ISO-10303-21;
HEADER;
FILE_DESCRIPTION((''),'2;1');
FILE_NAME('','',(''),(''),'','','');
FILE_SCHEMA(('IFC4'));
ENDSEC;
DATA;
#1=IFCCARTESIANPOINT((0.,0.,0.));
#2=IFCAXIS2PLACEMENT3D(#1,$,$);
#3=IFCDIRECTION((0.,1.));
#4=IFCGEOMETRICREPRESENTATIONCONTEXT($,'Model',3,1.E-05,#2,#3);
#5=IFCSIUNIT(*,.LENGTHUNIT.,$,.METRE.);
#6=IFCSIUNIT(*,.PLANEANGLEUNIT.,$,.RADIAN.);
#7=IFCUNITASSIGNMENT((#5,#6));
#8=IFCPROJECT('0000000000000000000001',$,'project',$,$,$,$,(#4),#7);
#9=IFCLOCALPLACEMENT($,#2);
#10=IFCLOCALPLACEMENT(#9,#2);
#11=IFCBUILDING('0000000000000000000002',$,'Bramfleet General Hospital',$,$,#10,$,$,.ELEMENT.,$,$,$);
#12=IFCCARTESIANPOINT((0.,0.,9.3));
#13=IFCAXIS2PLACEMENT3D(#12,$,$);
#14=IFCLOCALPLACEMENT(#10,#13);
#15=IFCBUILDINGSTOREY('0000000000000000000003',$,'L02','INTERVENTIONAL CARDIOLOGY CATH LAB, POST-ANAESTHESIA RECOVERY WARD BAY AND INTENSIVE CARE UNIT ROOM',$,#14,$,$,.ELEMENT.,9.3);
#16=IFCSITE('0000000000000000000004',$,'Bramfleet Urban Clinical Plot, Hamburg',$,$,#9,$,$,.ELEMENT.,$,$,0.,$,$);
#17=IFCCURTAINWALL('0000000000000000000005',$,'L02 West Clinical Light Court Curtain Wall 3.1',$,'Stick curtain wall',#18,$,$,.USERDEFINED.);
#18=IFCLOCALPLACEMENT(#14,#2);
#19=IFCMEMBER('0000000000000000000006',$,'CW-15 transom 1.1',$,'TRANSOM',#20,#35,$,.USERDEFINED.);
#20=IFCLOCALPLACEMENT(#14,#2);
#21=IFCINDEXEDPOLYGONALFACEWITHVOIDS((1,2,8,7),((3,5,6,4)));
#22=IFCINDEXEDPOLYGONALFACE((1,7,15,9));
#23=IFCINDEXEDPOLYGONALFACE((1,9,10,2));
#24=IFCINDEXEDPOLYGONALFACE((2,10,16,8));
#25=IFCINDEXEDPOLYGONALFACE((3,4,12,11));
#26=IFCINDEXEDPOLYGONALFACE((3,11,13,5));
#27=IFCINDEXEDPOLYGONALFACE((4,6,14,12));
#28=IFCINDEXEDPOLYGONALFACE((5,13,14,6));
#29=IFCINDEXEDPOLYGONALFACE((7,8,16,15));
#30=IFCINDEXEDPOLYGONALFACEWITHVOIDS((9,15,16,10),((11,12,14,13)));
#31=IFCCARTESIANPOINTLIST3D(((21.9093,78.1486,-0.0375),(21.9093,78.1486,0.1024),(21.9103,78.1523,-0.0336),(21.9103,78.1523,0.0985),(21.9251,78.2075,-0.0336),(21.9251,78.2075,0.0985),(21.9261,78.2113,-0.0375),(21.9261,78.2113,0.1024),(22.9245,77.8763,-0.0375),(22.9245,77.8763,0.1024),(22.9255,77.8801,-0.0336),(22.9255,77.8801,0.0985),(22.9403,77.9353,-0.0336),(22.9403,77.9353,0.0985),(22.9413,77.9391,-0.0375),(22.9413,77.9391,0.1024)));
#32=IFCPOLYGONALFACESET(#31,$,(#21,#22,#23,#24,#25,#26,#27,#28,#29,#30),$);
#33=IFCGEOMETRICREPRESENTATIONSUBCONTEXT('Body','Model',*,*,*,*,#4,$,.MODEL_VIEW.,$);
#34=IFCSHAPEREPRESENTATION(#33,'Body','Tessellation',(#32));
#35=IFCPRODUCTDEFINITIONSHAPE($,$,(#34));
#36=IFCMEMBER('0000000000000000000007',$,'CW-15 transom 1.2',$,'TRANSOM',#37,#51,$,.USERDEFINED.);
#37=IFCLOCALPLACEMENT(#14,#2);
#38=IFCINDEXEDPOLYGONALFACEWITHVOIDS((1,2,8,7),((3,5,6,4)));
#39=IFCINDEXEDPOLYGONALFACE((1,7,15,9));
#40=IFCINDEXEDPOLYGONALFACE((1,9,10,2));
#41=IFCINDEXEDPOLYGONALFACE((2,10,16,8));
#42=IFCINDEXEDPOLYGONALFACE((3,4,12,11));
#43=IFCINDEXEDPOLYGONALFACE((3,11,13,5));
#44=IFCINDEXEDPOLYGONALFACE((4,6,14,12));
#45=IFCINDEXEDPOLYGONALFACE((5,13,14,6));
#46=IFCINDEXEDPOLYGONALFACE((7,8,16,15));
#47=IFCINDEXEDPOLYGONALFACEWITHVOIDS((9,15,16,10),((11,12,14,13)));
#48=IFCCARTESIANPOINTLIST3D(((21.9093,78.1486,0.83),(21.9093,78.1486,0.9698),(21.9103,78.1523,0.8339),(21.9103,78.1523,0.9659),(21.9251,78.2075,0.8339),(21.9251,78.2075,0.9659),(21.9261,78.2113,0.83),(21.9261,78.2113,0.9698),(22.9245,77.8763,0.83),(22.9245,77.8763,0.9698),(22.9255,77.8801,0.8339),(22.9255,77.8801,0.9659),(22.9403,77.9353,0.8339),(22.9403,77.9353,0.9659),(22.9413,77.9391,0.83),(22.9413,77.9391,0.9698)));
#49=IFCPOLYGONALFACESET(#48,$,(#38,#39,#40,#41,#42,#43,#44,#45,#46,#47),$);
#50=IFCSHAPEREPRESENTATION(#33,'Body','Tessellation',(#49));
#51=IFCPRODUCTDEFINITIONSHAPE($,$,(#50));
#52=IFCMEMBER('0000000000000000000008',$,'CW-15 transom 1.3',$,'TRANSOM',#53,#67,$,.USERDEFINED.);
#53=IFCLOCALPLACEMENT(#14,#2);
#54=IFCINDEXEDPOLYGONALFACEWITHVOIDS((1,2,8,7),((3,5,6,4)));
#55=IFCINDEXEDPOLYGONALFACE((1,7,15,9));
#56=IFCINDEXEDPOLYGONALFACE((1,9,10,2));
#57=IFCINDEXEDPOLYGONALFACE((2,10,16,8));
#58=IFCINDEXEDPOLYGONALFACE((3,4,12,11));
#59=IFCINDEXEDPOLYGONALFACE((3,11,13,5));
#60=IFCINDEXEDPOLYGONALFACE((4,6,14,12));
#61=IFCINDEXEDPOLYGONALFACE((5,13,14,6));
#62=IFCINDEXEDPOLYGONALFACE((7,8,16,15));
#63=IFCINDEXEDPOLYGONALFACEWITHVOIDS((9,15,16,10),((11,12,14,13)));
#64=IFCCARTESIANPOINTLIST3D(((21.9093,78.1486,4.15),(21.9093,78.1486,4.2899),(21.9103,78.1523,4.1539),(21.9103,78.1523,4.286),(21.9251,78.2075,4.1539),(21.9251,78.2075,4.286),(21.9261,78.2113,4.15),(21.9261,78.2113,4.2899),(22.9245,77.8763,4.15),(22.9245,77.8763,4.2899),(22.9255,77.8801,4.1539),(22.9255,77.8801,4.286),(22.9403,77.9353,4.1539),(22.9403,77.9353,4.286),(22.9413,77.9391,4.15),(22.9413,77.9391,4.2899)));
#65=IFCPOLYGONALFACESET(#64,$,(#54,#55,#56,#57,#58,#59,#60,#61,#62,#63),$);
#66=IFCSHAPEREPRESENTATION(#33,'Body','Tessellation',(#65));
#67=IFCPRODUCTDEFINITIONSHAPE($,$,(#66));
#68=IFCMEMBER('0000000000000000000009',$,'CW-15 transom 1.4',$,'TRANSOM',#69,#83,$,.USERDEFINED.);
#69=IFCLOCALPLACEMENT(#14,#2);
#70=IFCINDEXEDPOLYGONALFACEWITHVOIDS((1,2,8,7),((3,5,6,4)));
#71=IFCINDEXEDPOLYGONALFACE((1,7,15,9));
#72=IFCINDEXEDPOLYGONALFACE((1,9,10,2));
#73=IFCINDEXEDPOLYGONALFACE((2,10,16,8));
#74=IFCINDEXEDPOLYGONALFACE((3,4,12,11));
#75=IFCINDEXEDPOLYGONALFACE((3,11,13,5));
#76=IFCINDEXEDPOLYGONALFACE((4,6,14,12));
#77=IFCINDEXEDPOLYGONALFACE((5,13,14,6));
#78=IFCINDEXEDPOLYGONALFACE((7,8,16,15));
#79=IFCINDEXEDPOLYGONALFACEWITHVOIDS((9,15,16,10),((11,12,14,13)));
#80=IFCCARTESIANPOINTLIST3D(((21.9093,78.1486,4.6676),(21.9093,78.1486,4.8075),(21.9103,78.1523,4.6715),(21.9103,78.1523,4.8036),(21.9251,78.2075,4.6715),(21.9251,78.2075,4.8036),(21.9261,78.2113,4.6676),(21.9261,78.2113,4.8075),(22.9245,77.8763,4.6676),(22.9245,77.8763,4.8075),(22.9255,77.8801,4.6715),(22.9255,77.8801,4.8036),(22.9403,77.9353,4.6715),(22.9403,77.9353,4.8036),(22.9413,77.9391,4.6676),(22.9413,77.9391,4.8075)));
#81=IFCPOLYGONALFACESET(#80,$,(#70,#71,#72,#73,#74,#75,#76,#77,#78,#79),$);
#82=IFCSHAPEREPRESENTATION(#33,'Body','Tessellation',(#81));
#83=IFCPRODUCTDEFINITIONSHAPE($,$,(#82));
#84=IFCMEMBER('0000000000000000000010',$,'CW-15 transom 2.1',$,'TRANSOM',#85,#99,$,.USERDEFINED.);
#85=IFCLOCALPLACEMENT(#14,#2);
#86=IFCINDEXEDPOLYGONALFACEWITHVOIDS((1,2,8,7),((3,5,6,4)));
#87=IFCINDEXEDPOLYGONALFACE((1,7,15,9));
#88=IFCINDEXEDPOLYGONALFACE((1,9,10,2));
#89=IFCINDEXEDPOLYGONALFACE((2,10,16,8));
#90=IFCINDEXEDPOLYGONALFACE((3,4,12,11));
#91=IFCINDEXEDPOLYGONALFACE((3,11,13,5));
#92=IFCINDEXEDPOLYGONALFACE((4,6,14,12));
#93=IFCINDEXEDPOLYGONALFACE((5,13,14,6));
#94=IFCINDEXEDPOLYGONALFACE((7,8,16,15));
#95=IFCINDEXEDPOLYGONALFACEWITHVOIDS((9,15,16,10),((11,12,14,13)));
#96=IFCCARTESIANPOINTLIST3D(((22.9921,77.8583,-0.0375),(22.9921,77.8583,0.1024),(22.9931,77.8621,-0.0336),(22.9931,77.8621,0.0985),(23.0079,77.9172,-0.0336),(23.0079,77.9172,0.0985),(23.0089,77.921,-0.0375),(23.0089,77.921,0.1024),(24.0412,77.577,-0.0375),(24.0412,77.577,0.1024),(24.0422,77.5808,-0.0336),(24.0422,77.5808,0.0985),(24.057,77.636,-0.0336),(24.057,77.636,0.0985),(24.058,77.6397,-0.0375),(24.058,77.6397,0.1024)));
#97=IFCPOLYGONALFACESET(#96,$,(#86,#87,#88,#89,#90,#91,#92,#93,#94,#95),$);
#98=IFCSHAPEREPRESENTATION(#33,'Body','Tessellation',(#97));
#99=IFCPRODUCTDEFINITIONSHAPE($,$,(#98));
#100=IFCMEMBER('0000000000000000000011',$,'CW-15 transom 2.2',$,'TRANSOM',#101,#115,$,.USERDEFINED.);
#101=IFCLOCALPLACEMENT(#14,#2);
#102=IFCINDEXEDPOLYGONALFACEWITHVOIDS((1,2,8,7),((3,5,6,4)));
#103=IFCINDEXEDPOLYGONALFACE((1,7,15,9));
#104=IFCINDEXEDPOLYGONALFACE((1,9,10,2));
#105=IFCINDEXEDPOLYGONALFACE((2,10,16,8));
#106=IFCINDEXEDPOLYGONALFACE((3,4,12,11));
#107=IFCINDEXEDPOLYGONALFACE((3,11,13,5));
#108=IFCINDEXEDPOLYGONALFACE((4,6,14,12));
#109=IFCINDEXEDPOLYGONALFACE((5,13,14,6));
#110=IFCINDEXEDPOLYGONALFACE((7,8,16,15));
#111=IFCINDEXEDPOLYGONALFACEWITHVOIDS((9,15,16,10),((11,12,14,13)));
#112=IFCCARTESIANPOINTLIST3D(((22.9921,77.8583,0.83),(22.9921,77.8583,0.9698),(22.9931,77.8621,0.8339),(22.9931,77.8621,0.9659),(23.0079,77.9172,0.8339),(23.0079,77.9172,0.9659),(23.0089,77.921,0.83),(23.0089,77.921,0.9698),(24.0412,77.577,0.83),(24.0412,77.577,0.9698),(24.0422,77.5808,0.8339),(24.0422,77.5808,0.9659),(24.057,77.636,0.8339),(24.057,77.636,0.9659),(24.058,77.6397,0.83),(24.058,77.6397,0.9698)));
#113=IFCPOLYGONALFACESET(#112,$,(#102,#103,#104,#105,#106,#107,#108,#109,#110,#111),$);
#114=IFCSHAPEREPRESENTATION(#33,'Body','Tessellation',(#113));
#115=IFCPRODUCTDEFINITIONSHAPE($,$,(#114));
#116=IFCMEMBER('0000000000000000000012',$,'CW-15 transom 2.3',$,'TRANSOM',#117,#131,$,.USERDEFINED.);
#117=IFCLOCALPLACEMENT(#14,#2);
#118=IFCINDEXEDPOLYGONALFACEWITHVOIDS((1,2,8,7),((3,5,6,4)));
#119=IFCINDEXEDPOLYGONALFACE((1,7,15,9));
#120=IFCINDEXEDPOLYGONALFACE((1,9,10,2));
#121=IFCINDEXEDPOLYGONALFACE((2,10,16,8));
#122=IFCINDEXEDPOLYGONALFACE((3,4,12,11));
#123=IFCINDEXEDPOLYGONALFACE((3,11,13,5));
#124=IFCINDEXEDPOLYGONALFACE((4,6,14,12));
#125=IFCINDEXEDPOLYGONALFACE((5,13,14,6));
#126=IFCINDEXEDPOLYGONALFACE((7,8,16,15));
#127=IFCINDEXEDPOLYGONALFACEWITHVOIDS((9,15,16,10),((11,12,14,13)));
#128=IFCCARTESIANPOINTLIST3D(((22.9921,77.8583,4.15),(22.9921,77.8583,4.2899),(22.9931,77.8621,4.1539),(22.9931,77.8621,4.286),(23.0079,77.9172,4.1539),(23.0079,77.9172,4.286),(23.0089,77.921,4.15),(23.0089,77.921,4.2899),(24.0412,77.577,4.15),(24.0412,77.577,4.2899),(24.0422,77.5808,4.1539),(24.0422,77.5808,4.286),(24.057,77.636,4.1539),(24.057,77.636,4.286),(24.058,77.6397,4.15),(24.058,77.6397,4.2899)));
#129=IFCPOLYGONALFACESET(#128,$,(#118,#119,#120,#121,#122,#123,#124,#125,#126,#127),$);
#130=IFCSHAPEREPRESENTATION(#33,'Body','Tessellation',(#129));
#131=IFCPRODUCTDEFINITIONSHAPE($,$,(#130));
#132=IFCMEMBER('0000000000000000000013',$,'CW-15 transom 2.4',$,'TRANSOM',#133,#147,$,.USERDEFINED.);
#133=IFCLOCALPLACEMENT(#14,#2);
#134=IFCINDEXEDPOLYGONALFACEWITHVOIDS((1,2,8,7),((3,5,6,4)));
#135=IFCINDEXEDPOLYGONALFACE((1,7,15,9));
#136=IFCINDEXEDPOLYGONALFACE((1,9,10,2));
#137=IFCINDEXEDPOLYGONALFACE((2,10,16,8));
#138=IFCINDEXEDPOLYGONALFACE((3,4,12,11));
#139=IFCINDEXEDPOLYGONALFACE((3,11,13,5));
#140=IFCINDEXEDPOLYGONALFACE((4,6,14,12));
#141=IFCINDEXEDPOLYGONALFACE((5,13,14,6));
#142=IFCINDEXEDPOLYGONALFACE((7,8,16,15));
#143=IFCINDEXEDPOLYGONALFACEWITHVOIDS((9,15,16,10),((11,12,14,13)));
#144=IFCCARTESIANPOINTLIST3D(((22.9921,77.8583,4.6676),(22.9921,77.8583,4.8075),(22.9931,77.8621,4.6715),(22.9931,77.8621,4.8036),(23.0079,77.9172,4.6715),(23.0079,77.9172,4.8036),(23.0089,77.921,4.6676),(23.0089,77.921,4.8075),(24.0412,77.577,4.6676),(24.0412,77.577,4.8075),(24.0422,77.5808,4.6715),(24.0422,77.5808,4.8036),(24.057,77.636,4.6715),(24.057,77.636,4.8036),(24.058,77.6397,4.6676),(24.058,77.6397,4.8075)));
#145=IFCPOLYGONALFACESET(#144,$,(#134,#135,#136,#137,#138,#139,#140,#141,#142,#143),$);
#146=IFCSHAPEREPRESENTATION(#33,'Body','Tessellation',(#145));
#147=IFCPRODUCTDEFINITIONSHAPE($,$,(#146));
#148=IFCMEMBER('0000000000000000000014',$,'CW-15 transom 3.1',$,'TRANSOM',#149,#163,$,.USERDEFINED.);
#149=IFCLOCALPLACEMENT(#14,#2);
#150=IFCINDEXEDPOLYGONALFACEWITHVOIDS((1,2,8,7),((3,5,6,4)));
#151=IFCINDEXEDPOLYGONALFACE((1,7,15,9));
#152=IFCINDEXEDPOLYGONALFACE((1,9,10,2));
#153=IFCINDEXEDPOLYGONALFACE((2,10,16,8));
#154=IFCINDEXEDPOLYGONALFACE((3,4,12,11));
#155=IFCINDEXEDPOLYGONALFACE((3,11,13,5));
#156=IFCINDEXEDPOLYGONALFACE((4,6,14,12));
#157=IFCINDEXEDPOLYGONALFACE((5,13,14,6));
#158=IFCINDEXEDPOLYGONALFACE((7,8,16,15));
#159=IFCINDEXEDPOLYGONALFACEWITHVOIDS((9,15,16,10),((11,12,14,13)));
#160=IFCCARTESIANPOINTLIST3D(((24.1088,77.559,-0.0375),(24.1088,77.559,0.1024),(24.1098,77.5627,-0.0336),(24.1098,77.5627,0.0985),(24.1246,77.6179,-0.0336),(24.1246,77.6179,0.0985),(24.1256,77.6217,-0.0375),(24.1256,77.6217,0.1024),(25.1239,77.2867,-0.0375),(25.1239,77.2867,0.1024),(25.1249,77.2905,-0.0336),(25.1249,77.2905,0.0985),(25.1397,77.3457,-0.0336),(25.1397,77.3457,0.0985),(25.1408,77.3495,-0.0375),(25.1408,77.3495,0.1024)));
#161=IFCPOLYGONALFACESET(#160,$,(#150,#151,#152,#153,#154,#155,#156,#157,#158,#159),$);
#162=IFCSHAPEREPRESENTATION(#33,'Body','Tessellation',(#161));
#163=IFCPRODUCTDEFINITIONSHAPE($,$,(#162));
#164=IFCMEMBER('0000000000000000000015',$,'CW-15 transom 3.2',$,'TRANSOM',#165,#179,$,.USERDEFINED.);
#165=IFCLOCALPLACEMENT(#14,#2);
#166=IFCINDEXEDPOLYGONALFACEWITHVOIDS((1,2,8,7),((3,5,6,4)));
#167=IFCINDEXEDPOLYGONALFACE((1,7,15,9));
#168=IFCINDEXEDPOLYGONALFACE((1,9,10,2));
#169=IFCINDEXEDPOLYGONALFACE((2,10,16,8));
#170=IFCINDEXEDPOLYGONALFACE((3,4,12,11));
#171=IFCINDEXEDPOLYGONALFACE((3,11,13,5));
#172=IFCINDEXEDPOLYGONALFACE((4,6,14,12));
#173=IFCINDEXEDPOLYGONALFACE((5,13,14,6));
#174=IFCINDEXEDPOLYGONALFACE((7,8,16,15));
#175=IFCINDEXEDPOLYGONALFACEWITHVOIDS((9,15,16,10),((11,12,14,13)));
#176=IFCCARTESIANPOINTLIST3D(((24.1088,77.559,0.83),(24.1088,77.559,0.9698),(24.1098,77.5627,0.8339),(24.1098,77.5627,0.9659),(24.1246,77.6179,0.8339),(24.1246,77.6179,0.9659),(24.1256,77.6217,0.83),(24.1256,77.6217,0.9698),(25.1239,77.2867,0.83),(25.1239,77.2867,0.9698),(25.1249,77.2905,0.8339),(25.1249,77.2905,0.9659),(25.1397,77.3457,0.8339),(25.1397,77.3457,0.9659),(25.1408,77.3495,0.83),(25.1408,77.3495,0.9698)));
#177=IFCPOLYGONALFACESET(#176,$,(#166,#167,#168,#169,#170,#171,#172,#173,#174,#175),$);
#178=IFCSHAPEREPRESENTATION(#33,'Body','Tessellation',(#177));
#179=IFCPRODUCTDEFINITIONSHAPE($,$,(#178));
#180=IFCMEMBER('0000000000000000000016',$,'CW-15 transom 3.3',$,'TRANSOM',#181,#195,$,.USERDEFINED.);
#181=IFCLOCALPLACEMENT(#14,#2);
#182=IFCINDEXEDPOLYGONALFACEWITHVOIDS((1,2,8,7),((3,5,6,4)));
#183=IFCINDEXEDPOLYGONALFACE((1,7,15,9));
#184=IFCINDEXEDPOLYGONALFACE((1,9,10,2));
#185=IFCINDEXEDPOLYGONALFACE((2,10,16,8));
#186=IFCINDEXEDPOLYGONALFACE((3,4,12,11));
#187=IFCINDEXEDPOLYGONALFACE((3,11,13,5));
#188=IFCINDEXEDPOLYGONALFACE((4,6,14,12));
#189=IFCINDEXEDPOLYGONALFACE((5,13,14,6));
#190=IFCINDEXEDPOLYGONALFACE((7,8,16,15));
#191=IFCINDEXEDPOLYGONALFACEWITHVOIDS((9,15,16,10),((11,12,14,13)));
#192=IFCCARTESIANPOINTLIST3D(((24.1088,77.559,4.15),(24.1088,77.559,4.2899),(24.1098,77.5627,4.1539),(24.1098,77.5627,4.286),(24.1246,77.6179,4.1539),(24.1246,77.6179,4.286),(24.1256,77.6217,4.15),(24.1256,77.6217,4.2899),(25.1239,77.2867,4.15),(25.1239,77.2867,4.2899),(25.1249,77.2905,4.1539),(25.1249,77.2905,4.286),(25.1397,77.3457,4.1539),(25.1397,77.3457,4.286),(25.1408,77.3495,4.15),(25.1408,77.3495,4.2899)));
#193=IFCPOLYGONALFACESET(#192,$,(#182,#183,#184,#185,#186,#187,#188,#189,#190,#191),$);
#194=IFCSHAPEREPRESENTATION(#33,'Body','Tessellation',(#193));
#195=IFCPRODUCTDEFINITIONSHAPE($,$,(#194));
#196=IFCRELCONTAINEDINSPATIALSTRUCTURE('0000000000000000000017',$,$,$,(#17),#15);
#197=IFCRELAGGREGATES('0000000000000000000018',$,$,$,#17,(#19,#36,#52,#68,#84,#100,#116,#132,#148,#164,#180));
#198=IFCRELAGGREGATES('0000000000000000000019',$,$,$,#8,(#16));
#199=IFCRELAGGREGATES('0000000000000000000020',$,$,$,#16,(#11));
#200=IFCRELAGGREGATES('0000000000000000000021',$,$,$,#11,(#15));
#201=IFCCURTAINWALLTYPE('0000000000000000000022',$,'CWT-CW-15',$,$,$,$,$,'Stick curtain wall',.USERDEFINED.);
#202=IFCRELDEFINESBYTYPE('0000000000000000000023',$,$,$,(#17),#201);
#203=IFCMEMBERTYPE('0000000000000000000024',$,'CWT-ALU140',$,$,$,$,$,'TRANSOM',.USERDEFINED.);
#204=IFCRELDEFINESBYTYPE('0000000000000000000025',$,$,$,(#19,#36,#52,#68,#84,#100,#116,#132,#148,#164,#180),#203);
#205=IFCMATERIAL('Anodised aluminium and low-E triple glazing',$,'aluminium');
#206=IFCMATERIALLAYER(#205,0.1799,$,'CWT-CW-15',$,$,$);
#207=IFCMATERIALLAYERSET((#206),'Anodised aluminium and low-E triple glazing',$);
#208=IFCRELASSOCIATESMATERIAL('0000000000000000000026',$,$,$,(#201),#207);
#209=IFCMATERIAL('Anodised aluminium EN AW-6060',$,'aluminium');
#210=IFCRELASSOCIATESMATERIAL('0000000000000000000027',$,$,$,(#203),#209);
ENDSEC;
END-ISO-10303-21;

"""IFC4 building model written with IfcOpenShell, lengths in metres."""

from ifc_helpers import new_model, si_unit, direction, frame, origin, origin_2d, place, context, subcontext, project, spatial, hollow_rectangle, extrude, material, layer, layer_set, material_profile, profile_set, type_object, element, aggregate, save


model = new_model("IFC4")

# Units and contexts
model_context = context("Model", 3, precision=1e-05, world=origin(), true_north=direction((0.0, 1.0)))
body_context = subcontext(model_context, "Body", "Model", "MODEL_VIEW")
ifc_project = project(units=[si_unit("LENGTHUNIT", "METRE"), si_unit("PLANEANGLEUNIT", "RADIAN")], contexts=[model_context])

# Site, building, storey
site_placement = place(None, origin())
site = spatial("IfcSite", under=ifc_project, at=site_placement, Name="Bramfleet Urban Clinical Plot, Hamburg", CompositionType="ELEMENT", RefElevation=0.0)
building_placement = place(site_placement, origin())
building = spatial("IfcBuilding", under=site, at=building_placement, Name="Bramfleet General Hospital", CompositionType="ELEMENT")
storey_placement = place(building_placement, frame((0.0, 0.0, 9.3)))
storey = spatial("IfcBuildingStorey", under=building, at=storey_placement, Name="L02", Description="INTERVENTIONAL CARDIOLOGY CATH LAB, POST-ANAESTHESIA RECOVERY WARD BAY AND INTENSIVE CARE UNIT ROOM", CompositionType="ELEMENT", Elevation=9.3)

# Shared definitions
ifc_material_1 = material(Name="Anodised aluminium and low-E triple glazing", Category="aluminium")
ifc_material_2 = material(Name="Anodised aluminium EN AW-6060", Category="aluminium")

# Curtain wall
ifc_layer_1 = layer(ifc_material_1, 0.1799, Name="CWT-CW-15")
ifc_layer_set_1 = layer_set([ifc_layer_1], Name="Anodised aluminium and low-E triple glazing")
curtain_wall_type_1 = type_object("IfcCurtainWallType", Name="CWT-CW-15", ElementType="Stick curtain wall", PredefinedType="USERDEFINED", material=ifc_layer_set_1)
curtain_wall_1_placement = place(storey_placement, origin())
curtain_wall_1 = element("IfcCurtainWall", 1, at=curtain_wall_1_placement, inside=storey, type_object=curtain_wall_type_1, Name="L02 West Clinical Light Court Curtain Wall 3.1", ObjectType="Stick curtain wall", PredefinedType="USERDEFINED")

# Members
ifc_material_profile_1 = material_profile(ifc_material_2, hollow_rectangle(XDim=0.0649, YDim=0.1399, WallThickness=0.0039, at=origin_2d()), Name="ALU 140x65x4.0")
ifc_profile_set_1 = profile_set([ifc_material_profile_1], Name="Anodised aluminium EN AW-6060")
member_type_1 = type_object("IfcMemberType", Name="CWT-ALU140", ElementType="TRANSOM", PredefinedType="USERDEFINED", material=ifc_profile_set_1)
member_1_placement = place(storey_placement, frame((21.9177, 78.1799, 0.0325), z_axis=(0.965875, -0.259007, 0.0), x_axis=(0.259007, 0.965875, 0.0)))
member_1 = element("IfcMember", 2, at=member_1_placement, type_object=member_type_1, Name="CW-15 transom 1.1", ObjectType="TRANSOM", PredefinedType="USERDEFINED", context=body_context, shape_type="SweptSolid", body=[
    extrude(hollow_rectangle(XDim=0.0649, YDim=0.1399, WallThickness=0.0039, at=origin_2d()), origin(), (0.0, 0.0, 1.0), 1.051),
])
member_2_placement = place(storey_placement, frame((21.9177, 78.1799, 0.8999), z_axis=(0.965875, -0.259007, 0.0), x_axis=(0.259007, 0.965875, 0.0)))
member_2 = element("IfcMember", 3, at=member_2_placement, type_object=member_type_1, Name="CW-15 transom 1.2", ObjectType="TRANSOM", PredefinedType="USERDEFINED", context=body_context, shape_type="SweptSolid", body=[
    extrude(hollow_rectangle(XDim=0.0649, YDim=0.1399, WallThickness=0.0039, at=origin_2d()), origin(), (0.0, 0.0, 1.0), 1.051),
])
member_3_placement = place(storey_placement, frame((21.9177, 78.1799, 4.22), z_axis=(0.965875, -0.259007, 0.0), x_axis=(0.259007, 0.965875, 0.0)))
member_3 = element("IfcMember", 4, at=member_3_placement, type_object=member_type_1, Name="CW-15 transom 1.3", ObjectType="TRANSOM", PredefinedType="USERDEFINED", context=body_context, shape_type="SweptSolid", body=[
    extrude(hollow_rectangle(XDim=0.0649, YDim=0.1399, WallThickness=0.0039, at=origin_2d()), origin(), (0.0, 0.0, 1.0), 1.051),
])
member_4_placement = place(storey_placement, frame((21.9177, 78.1799, 4.7375), z_axis=(0.965875, -0.259007, 0.0), x_axis=(0.259007, 0.965875, 0.0)))
member_4 = element("IfcMember", 5, at=member_4_placement, type_object=member_type_1, Name="CW-15 transom 1.4", ObjectType="TRANSOM", PredefinedType="USERDEFINED", context=body_context, shape_type="SweptSolid", body=[
    extrude(hollow_rectangle(XDim=0.0649, YDim=0.1399, WallThickness=0.0039, at=origin_2d()), origin(), (0.0, 0.0, 1.0), 1.051),
])
member_5_placement = place(storey_placement, frame((23.0005, 77.8896, 0.0325), z_axis=(0.965891, -0.25895, 0.0), x_axis=(0.25895, 0.965891, 0.0)))
member_5 = element("IfcMember", 6, at=member_5_placement, type_object=member_type_1, Name="CW-15 transom 2.1", ObjectType="TRANSOM", PredefinedType="USERDEFINED", context=body_context, shape_type="SweptSolid", body=[
    extrude(hollow_rectangle(XDim=0.0649, YDim=0.1399, WallThickness=0.0039, at=origin_2d()), origin(), (0.0, 0.0, 1.0), 1.0862),
])
member_6_placement = place(storey_placement, frame((23.0005, 77.8896, 0.8999), z_axis=(0.965891, -0.25895, 0.0), x_axis=(0.25895, 0.965891, 0.0)))
member_6 = element("IfcMember", 7, at=member_6_placement, type_object=member_type_1, Name="CW-15 transom 2.2", ObjectType="TRANSOM", PredefinedType="USERDEFINED", context=body_context, shape_type="SweptSolid", body=[
    extrude(hollow_rectangle(XDim=0.0649, YDim=0.1399, WallThickness=0.0039, at=origin_2d()), origin(), (0.0, 0.0, 1.0), 1.0862),
])
member_7_placement = place(storey_placement, frame((23.0005, 77.8896, 4.22), z_axis=(0.965891, -0.25895, 0.0), x_axis=(0.25895, 0.965891, 0.0)))
member_7 = element("IfcMember", 8, at=member_7_placement, type_object=member_type_1, Name="CW-15 transom 2.3", ObjectType="TRANSOM", PredefinedType="USERDEFINED", context=body_context, shape_type="SweptSolid", body=[
    extrude(hollow_rectangle(XDim=0.0649, YDim=0.1399, WallThickness=0.0039, at=origin_2d()), origin(), (0.0, 0.0, 1.0), 1.0862),
])
member_8_placement = place(storey_placement, frame((23.0005, 77.8896, 4.7375), z_axis=(0.965891, -0.25895, 0.0), x_axis=(0.25895, 0.965891, 0.0)))
member_8 = element("IfcMember", 9, at=member_8_placement, type_object=member_type_1, Name="CW-15 transom 2.4", ObjectType="TRANSOM", PredefinedType="USERDEFINED", context=body_context, shape_type="SweptSolid", body=[
    extrude(hollow_rectangle(XDim=0.0649, YDim=0.1399, WallThickness=0.0039, at=origin_2d()), origin(), (0.0, 0.0, 1.0), 1.0862),
])
member_9_placement = place(storey_placement, frame((24.1172, 77.5903, 0.0325), z_axis=(0.965875, -0.259007, 0.0), x_axis=(0.259007, 0.965875, 0.0)))
member_9 = element("IfcMember", 10, at=member_9_placement, type_object=member_type_1, Name="CW-15 transom 3.1", ObjectType="TRANSOM", PredefinedType="USERDEFINED", context=body_context, shape_type="SweptSolid", body=[
    extrude(hollow_rectangle(XDim=0.0649, YDim=0.1399, WallThickness=0.0039, at=origin_2d()), origin(), (0.0, 0.0, 1.0), 1.051),
])
member_10_placement = place(storey_placement, frame((24.1172, 77.5903, 0.8999), z_axis=(0.965875, -0.259007, 0.0), x_axis=(0.259007, 0.965875, 0.0)))
member_10 = element("IfcMember", 11, at=member_10_placement, type_object=member_type_1, Name="CW-15 transom 3.2", ObjectType="TRANSOM", PredefinedType="USERDEFINED", context=body_context, shape_type="SweptSolid", body=[
    extrude(hollow_rectangle(XDim=0.0649, YDim=0.1399, WallThickness=0.0039, at=origin_2d()), origin(), (0.0, 0.0, 1.0), 1.051),
])
member_11_placement = place(storey_placement, frame((24.1172, 77.5903, 4.22), z_axis=(0.965875, -0.259007, 0.0), x_axis=(0.259007, 0.965875, 0.0)))
member_11 = element("IfcMember", 12, at=member_11_placement, type_object=member_type_1, Name="CW-15 transom 3.3", ObjectType="TRANSOM", PredefinedType="USERDEFINED", context=body_context, shape_type="SweptSolid", body=[
    extrude(hollow_rectangle(XDim=0.0649, YDim=0.1399, WallThickness=0.0039, at=origin_2d()), origin(), (0.0, 0.0, 1.0), 1.051),
])

aggregate(curtain_wall_1, [member_1, member_2, member_3, member_4, member_5, member_6, member_7, member_8, member_9, member_10, member_11])

save(model, "model.ifc")
